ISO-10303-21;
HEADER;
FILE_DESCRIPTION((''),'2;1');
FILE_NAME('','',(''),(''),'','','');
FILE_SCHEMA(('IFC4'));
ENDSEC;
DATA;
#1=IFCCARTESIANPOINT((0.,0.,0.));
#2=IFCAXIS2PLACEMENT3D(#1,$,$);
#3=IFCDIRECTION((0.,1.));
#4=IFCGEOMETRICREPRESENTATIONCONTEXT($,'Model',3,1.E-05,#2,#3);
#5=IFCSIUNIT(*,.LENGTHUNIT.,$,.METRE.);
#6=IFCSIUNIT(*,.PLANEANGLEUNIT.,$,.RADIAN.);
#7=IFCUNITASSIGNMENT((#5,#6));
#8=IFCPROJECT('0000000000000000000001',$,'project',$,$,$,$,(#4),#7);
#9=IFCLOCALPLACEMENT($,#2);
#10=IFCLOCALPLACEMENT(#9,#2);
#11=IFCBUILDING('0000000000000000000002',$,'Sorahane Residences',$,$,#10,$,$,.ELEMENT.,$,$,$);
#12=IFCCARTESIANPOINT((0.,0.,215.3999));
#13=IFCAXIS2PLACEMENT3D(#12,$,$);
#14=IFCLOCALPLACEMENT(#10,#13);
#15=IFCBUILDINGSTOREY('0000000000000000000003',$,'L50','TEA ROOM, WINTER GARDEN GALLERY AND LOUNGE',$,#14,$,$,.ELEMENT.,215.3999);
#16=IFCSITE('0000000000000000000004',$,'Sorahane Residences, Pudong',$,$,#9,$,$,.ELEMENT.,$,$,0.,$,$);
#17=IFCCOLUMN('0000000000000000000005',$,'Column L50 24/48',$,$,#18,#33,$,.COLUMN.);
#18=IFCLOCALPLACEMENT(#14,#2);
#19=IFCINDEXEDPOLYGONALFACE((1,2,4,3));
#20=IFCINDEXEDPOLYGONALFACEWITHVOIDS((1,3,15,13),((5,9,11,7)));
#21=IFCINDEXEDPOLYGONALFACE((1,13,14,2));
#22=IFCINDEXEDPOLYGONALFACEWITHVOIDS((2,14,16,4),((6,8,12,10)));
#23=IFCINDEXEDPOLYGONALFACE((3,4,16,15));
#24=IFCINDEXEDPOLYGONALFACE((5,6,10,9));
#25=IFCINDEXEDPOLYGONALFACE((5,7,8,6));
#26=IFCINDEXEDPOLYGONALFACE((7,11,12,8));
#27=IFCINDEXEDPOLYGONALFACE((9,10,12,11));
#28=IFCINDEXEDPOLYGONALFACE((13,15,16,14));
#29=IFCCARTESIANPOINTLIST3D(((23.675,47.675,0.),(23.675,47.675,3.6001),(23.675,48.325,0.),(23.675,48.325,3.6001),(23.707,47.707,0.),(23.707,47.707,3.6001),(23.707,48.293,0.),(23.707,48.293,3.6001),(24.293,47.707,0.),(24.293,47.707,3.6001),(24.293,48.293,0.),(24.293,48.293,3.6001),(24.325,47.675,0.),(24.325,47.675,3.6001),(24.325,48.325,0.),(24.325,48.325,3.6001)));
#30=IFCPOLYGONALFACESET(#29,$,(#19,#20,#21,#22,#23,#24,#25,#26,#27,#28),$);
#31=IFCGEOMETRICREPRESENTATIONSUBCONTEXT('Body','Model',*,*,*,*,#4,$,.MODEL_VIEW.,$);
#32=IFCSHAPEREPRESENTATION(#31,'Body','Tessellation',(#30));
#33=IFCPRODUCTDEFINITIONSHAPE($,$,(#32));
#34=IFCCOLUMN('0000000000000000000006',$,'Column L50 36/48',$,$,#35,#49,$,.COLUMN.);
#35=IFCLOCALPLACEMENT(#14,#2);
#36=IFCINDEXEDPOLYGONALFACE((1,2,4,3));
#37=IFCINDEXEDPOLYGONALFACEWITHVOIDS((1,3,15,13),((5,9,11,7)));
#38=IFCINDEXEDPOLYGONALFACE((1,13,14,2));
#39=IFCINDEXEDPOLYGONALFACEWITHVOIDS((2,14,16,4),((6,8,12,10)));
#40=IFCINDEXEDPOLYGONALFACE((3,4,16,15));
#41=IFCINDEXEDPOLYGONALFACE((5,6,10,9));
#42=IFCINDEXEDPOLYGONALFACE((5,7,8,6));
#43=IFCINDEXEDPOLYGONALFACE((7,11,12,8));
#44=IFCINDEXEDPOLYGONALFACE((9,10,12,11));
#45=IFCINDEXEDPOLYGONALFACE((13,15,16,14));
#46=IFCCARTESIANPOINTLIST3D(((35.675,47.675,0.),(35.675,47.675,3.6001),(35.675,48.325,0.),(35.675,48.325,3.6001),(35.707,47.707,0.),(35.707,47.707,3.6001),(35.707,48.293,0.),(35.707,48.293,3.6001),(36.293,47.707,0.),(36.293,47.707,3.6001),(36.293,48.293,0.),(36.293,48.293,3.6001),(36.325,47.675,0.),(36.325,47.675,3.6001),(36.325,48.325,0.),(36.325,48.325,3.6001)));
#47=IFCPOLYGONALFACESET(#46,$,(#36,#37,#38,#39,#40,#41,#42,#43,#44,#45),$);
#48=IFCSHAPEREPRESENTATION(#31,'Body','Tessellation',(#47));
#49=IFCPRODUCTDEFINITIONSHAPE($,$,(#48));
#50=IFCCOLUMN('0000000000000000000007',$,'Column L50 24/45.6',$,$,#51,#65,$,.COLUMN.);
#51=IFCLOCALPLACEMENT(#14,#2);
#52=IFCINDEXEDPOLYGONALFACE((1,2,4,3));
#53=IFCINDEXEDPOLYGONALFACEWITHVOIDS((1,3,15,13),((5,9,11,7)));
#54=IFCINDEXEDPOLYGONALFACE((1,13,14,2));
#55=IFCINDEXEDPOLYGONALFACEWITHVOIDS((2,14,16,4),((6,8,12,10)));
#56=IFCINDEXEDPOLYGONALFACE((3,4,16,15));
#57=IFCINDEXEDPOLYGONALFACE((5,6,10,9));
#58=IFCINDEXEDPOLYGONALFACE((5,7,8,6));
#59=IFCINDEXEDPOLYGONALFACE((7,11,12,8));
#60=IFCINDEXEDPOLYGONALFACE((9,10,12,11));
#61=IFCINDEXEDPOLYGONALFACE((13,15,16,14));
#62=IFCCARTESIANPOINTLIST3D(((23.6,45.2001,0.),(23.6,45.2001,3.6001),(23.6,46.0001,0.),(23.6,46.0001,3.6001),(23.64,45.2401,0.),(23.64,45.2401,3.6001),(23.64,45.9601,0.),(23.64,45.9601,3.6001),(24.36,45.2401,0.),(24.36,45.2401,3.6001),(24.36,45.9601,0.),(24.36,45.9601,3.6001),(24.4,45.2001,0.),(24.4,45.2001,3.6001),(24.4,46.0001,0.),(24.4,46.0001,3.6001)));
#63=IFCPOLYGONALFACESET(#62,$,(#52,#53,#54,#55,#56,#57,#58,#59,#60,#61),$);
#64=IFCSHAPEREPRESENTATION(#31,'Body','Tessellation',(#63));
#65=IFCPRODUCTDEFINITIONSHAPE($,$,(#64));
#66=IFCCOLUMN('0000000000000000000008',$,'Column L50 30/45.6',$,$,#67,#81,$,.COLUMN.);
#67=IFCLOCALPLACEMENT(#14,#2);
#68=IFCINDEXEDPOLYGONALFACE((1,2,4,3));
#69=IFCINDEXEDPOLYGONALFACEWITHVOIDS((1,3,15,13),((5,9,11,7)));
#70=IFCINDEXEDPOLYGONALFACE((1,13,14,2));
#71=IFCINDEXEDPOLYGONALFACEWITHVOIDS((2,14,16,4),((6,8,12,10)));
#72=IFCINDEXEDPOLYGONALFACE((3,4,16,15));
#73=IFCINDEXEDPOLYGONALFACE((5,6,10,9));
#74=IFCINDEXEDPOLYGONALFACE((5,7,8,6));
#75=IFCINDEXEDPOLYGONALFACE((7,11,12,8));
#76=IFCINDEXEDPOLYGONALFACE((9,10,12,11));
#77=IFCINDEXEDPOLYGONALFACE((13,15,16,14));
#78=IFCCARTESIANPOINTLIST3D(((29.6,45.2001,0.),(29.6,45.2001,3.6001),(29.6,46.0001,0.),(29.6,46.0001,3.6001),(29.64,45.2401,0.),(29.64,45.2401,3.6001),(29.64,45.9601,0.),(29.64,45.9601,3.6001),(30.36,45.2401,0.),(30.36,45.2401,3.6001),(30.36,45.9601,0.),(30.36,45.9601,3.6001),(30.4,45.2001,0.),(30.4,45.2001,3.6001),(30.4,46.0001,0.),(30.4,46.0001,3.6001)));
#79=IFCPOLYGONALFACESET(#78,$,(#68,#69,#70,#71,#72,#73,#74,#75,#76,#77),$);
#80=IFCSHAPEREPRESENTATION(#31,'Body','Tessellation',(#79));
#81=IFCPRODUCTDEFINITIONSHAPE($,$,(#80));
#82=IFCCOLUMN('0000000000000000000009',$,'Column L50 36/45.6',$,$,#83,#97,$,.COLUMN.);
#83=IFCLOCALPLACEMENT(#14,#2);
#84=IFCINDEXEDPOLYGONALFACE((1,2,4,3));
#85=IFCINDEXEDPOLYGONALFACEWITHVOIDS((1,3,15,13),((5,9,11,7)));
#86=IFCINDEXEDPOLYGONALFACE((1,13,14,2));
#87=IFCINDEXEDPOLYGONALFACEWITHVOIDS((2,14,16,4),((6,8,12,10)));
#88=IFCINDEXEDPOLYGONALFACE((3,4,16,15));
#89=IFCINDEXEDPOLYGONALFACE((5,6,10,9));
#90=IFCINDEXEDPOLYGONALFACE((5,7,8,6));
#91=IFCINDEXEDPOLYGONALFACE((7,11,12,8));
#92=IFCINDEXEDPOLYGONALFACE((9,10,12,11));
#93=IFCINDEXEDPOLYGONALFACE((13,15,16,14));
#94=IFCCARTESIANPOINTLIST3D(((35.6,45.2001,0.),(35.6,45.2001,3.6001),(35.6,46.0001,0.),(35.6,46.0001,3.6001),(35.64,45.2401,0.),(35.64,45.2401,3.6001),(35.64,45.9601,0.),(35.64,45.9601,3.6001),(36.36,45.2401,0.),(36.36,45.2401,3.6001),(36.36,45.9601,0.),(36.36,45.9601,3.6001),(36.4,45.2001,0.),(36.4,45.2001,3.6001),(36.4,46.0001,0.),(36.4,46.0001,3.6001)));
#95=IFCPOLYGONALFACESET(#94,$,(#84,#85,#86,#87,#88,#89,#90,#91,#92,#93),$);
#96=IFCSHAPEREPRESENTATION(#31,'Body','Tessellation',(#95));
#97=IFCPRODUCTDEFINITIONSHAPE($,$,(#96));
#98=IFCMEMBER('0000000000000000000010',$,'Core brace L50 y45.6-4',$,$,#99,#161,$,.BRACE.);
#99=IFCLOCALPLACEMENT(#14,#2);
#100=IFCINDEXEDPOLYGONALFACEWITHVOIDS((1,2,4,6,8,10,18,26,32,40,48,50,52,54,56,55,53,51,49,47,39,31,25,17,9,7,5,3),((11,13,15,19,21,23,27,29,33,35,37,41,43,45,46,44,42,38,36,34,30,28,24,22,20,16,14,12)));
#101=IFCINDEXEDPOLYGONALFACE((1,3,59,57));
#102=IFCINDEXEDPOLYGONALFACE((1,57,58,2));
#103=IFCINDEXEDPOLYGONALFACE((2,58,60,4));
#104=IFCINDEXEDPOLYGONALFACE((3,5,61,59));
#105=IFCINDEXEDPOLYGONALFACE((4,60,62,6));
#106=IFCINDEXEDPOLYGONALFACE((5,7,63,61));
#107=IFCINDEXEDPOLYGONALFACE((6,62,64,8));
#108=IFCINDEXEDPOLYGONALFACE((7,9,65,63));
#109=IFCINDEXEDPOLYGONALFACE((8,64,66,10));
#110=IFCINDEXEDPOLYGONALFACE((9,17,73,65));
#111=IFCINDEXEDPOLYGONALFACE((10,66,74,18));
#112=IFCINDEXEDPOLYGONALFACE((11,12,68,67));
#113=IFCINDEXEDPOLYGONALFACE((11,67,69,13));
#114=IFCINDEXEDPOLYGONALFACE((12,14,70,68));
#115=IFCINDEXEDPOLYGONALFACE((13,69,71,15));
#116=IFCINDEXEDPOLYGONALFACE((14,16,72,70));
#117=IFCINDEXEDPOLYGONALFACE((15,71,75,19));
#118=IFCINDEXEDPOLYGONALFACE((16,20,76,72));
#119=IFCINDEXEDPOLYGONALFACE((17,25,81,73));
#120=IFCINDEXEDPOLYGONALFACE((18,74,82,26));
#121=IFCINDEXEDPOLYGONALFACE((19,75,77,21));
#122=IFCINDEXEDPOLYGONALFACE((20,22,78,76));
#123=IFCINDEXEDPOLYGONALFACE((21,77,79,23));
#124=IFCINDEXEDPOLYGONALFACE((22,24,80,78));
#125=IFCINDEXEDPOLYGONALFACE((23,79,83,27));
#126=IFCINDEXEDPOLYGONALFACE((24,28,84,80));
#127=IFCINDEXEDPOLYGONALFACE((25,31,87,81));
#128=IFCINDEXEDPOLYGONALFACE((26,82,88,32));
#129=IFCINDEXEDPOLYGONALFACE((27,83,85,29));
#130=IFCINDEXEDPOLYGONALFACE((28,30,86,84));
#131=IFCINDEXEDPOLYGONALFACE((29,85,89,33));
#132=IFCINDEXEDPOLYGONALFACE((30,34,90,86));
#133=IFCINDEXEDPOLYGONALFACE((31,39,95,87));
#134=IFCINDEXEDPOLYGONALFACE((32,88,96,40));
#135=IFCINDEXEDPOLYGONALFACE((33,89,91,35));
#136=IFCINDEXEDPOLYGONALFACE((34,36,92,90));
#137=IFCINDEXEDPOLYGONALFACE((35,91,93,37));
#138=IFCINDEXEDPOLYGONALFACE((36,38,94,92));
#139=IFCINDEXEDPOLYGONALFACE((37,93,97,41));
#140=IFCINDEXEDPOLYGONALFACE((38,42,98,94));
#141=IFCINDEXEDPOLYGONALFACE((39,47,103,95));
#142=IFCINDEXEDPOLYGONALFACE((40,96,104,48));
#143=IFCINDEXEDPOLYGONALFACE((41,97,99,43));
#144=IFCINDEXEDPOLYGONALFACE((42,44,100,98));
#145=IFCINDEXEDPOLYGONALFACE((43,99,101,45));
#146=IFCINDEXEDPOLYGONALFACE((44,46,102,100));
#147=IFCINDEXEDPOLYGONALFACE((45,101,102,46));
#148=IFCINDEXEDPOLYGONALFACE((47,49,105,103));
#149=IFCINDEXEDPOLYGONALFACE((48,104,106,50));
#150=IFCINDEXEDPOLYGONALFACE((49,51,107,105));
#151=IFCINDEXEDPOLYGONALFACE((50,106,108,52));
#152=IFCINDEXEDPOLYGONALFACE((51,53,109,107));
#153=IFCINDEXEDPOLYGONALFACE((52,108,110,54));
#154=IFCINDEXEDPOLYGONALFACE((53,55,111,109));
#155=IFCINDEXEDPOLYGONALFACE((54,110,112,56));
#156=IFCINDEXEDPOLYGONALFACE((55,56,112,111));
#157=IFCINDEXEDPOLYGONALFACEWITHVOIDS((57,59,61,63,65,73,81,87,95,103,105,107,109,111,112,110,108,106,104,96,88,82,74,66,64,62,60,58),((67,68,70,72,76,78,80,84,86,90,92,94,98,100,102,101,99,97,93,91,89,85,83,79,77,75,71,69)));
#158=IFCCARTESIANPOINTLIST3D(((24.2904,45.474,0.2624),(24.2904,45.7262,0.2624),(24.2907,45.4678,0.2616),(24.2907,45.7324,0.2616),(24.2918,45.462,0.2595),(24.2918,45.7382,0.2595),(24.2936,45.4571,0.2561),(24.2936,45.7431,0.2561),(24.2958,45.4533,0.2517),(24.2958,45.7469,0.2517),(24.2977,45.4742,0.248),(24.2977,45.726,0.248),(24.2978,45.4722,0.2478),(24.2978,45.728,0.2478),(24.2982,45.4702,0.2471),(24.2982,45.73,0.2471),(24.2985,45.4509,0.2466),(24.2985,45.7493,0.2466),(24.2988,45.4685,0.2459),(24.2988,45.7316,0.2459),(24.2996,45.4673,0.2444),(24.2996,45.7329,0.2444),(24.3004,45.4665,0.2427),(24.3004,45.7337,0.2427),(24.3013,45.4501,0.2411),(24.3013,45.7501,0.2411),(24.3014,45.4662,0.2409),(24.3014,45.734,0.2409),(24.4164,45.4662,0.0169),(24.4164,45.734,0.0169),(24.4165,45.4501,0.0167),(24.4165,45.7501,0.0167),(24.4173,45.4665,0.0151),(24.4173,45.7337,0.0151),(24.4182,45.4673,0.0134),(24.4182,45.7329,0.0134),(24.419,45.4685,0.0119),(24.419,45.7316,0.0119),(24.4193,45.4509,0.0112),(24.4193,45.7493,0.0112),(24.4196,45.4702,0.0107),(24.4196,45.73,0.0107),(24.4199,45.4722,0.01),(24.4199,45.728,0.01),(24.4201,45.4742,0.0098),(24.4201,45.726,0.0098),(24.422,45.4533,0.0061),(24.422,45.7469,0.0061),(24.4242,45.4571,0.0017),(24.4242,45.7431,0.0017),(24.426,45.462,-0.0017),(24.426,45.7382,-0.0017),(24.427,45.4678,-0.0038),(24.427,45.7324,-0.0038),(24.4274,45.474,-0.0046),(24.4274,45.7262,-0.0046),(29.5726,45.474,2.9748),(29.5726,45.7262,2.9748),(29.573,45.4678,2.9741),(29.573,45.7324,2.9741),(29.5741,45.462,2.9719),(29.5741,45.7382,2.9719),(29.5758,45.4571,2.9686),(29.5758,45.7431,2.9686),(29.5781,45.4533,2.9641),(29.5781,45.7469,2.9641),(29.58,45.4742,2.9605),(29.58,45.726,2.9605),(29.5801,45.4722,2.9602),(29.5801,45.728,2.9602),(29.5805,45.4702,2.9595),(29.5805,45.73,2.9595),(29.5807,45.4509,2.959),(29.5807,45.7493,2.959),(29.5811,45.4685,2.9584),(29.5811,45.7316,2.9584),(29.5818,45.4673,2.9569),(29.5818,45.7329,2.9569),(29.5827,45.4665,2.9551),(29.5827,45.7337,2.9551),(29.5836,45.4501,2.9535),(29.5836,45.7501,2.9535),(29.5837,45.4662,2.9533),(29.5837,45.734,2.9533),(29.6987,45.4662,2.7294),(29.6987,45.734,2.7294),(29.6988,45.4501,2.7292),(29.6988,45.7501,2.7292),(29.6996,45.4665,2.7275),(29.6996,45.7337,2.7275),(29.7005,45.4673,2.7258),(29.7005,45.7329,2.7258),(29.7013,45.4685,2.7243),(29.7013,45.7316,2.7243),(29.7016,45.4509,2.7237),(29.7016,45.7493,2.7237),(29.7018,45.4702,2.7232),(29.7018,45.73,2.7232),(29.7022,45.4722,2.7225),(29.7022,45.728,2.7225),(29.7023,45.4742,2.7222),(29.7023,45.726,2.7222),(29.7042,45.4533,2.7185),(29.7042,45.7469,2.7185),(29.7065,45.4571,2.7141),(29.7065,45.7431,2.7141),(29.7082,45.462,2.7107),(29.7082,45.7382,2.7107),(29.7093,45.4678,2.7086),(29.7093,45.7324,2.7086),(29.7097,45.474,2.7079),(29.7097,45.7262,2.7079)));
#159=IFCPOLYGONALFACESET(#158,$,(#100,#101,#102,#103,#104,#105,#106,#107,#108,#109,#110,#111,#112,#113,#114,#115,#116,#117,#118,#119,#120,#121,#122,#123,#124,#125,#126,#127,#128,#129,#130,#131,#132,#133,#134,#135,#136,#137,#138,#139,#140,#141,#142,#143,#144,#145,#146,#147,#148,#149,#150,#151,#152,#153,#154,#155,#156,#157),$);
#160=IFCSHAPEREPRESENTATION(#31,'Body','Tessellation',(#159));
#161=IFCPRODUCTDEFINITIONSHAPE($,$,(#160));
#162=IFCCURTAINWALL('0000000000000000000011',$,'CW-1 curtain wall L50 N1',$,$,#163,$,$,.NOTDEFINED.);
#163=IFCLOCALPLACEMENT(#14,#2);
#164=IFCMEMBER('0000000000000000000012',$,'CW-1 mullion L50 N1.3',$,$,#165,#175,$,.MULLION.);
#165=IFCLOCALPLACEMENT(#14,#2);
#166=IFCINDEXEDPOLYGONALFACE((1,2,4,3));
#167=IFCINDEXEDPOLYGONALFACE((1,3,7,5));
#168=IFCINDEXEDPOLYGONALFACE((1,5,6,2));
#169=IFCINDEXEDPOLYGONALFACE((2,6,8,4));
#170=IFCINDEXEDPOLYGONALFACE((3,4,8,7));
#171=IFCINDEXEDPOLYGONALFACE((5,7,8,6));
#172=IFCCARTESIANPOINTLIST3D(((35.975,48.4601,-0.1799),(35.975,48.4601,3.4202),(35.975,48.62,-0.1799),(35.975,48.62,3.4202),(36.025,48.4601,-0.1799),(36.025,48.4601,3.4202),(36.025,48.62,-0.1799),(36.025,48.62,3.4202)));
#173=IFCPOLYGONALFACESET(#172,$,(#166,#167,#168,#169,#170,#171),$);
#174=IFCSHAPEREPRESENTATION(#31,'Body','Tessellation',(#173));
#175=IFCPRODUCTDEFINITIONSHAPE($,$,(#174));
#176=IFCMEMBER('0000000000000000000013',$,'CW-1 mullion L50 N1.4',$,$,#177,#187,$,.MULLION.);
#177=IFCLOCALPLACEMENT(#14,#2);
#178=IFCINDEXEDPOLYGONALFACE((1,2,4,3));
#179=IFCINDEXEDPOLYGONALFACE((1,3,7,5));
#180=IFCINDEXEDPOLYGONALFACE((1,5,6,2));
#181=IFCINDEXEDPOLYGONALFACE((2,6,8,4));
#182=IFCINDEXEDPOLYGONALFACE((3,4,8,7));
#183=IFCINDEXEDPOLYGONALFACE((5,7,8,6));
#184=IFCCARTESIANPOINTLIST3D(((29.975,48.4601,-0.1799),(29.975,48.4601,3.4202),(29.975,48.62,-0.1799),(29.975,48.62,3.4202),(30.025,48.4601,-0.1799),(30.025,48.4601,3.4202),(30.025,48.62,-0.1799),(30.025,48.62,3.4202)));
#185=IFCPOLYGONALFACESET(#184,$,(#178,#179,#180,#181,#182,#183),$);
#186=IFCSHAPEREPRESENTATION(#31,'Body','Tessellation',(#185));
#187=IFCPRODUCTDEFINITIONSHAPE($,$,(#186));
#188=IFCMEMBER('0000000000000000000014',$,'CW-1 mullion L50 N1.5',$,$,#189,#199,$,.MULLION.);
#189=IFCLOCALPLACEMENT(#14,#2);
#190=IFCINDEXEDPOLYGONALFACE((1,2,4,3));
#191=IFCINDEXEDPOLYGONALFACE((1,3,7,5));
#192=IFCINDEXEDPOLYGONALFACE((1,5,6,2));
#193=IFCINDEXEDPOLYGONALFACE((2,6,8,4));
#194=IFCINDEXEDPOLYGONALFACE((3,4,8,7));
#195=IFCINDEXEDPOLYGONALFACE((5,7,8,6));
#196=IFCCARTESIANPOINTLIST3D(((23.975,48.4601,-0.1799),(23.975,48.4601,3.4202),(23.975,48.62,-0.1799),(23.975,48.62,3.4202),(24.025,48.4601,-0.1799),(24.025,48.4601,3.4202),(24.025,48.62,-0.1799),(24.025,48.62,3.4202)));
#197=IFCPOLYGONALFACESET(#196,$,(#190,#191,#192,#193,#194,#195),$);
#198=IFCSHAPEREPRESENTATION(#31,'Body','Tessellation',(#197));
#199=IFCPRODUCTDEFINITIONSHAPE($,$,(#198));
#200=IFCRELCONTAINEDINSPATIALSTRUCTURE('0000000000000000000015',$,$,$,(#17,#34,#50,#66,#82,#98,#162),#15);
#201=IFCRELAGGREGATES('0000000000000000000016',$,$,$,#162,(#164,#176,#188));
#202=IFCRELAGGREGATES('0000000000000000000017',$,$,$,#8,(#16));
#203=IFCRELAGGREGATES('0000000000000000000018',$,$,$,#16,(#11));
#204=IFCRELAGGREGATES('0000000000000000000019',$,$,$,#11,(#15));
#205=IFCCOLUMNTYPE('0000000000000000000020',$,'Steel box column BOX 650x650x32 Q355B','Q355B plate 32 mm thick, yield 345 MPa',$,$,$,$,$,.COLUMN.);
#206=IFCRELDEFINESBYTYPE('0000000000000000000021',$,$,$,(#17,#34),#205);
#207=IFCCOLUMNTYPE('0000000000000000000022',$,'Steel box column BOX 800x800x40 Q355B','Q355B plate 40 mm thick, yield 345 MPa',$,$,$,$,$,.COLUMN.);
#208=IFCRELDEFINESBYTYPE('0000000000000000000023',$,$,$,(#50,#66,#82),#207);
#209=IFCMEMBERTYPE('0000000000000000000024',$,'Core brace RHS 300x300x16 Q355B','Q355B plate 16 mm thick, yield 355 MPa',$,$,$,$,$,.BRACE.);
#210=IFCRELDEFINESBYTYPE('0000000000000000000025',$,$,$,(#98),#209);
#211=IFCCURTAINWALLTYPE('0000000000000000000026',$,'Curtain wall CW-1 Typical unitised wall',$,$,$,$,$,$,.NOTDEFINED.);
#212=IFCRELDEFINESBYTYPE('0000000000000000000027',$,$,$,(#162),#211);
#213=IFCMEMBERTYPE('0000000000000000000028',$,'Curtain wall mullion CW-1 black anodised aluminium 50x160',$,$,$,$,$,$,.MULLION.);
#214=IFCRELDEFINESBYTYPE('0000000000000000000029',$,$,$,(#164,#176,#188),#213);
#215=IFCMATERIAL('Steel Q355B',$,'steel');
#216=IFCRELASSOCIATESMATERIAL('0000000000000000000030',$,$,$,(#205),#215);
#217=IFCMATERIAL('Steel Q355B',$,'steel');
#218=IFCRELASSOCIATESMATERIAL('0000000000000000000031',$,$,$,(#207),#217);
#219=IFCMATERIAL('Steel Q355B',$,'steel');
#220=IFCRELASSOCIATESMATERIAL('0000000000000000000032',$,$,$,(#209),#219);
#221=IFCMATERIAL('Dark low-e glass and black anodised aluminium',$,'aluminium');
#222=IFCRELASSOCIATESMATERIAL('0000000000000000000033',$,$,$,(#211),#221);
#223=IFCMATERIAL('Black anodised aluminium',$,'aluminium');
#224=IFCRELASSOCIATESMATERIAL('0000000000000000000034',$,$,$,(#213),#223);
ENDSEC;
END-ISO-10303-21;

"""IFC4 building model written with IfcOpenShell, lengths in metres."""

from ifc_helpers import new_model, si_unit, direction, frame, origin, origin_2d, place, context, subcontext, project, spatial, rectangle, hollow_rectangle, extrude, material, material_profile, profile_set, type_object, element, aggregate, save


model = new_model("IFC4")

# Units and contexts
model_context = context("Model", 3, precision=1e-05, world=origin(), true_north=direction((0.0, 1.0)))
body_context = subcontext(model_context, "Body", "Model", "MODEL_VIEW")
ifc_project = project(units=[si_unit("LENGTHUNIT", "METRE"), si_unit("PLANEANGLEUNIT", "RADIAN")], contexts=[model_context])

# Site, building, storey
site_placement = place(None, origin())
site = spatial("IfcSite", under=ifc_project, at=site_placement, Name="Sorahane Residences, Pudong", CompositionType="ELEMENT", RefElevation=0.0)
building_placement = place(site_placement, origin())
building = spatial("IfcBuilding", under=site, at=building_placement, Name="Sorahane Residences", CompositionType="ELEMENT")
storey_placement = place(building_placement, frame((0.0, 0.0, 215.3999)))
storey = spatial("IfcBuildingStorey", under=building, at=storey_placement, Name="L50", Description="TEA ROOM, WINTER GARDEN GALLERY AND LOUNGE", CompositionType="ELEMENT", Elevation=215.3999)

# Columns
ifc_material_1 = material(Name="Steel Q355B", Category="steel")
ifc_material_profile_1 = material_profile(ifc_material_1, hollow_rectangle(XDim=0.6499, YDim=0.6499, WallThickness=0.032, at=origin_2d()), Name="BOX 650x650x32")
ifc_profile_set_1 = profile_set([ifc_material_profile_1], Name="Steel Q355B")
column_type_1 = type_object("IfcColumnType", Name="Steel box column BOX 650x650x32 Q355B", Description="Q355B plate 32 mm thick, yield 345 MPa", PredefinedType="COLUMN", material=ifc_profile_set_1)
for number, where, z_axis, x_axis, name in (
    (1, (24.0, 48.0, 0.0), (0.0, 0.0, 1.0), (1.0, 0.0, 0.0), "Column L50 24/48"),
    (2, (36.0, 48.0, 0.0), (0.0, 0.0, 1.0), (1.0, 0.0, 0.0), "Column L50 36/48"),
):
    element("IfcColumn", number, at=place(storey_placement, frame(where, z_axis=z_axis, x_axis=x_axis)), inside=storey, type_object=column_type_1, Name=name, PredefinedType="COLUMN", context=body_context, shape_type="SweptSolid", body=[
        extrude(hollow_rectangle(XDim=0.6499, YDim=0.6499, WallThickness=0.032, at=origin_2d()), origin(), (0.0, 0.0, 1.0), 3.6001),
    ])
ifc_material_2 = material(Name="Steel Q355B", Category="steel")
ifc_material_profile_2 = material_profile(ifc_material_2, hollow_rectangle(XDim=0.8, YDim=0.8, WallThickness=0.04, at=origin_2d()), Name="BOX 800x800x40")
ifc_profile_set_2 = profile_set([ifc_material_profile_2], Name="Steel Q355B")
column_type_2 = type_object("IfcColumnType", Name="Steel box column BOX 800x800x40 Q355B", Description="Q355B plate 40 mm thick, yield 345 MPa", PredefinedType="COLUMN", material=ifc_profile_set_2)
for number, where, z_axis, x_axis, name in (
    (3, (24.0, 45.6001, 0.0), (0.0, 0.0, 1.0), (1.0, 0.0, 0.0), "Column L50 24/45.6"),
    (4, (30.0, 45.6001, 0.0), (0.0, 0.0, 1.0), (1.0, 0.0, 0.0), "Column L50 30/45.6"),
    (5, (36.0, 45.6001, 0.0), (0.0, 0.0, 1.0), (1.0, 0.0, 0.0), "Column L50 36/45.6"),
):
    element("IfcColumn", number, at=place(storey_placement, frame(where, z_axis=z_axis, x_axis=x_axis)), inside=storey, type_object=column_type_2, Name=name, PredefinedType="COLUMN", context=body_context, shape_type="SweptSolid", body=[
        extrude(hollow_rectangle(XDim=0.8, YDim=0.8, WallThickness=0.04, at=origin_2d()), origin(), (0.0, 0.0, 1.0), 3.6001),
    ])

# Member
ifc_material_3 = material(Name="Steel Q355B", Category="steel")
ifc_material_profile_3 = material_profile(ifc_material_3, hollow_rectangle(XDim=0.3, YDim=0.3, WallThickness=0.0161, InnerFilletRadius=0.0081, OuterFilletRadius=0.0239, at=origin_2d()), Name="RHS 300x300x16")
ifc_profile_set_3 = profile_set([ifc_material_profile_3], Name="Steel Q355B")
member_type_1 = type_object("IfcMemberType", Name="Core brace RHS 300x300x16 Q355B", Description="Q355B plate 16 mm thick, yield 355 MPa", PredefinedType="BRACE", material=ifc_profile_set_3)
member_1_placement = place(storey_placement, frame((24.3589, 45.6001, 0.1289), z_axis=(0.889573, 0.0, 0.456792), x_axis=(0.0, 1.0, 0.0)))
element("IfcMember", 6, at=member_1_placement, inside=storey, type_object=member_type_1, Name="Core brace L50 y45.6-4", PredefinedType="BRACE", context=body_context, shape_type="SweptSolid", body=[
    extrude(hollow_rectangle(XDim=0.3, YDim=0.3, WallThickness=0.0161, InnerFilletRadius=0.0081, OuterFilletRadius=0.0239, at=origin_2d()), origin(), (0.0, 0.0, 1.0), 5.938),
])

# Curtain wall, members
ifc_material_4 = material(Name="Dark low-e glass and black anodised aluminium", Category="aluminium")
curtain_wall_type = type_object("IfcCurtainWallType", Name="Curtain wall CW-1 Typical unitised wall", PredefinedType="NOTDEFINED", material=ifc_material_4)
curtain_wall_placement = place(storey_placement, origin())
curtain_wall = element("IfcCurtainWall", 7, at=curtain_wall_placement, inside=storey, type_object=curtain_wall_type, Name="CW-1 curtain wall L50 N1", PredefinedType="NOTDEFINED")
ifc_material_5 = material(Name="Black anodised aluminium", Category="aluminium")
ifc_material_profile_4 = material_profile(ifc_material_5, rectangle(XDim=0.1599, YDim=0.05, at=origin_2d()), Name="Curtain wall mullion CW-1 black anodised aluminium 50x160")
ifc_profile_set_4 = profile_set([ifc_material_profile_4], Name="Black anodised aluminium")
member_type_2 = type_object("IfcMemberType", Name="Curtain wall mullion CW-1 black anodised aluminium 50x160", PredefinedType="MULLION", material=ifc_profile_set_4)
member_2_placement = place(storey_placement, frame((36.0, 48.54, -0.1799), z_axis=(0.0, 0.0, 1.0), x_axis=(0.0, 1.0, 0.0)))
member_2 = element("IfcMember", 8, at=member_2_placement, type_object=member_type_2, Name="CW-1 mullion L50 N1.3", PredefinedType="MULLION", context=body_context, shape_type="SweptSolid", body=[
    extrude(rectangle(XDim=0.1599, YDim=0.05, at=origin_2d()), origin(), (0.0, 0.0, 1.0), 3.6001),
])
member_3_placement = place(storey_placement, frame((30.0, 48.54, -0.1799), z_axis=(0.0, 0.0, 1.0), x_axis=(0.0, 1.0, 0.0)))
member_3 = element("IfcMember", 9, at=member_3_placement, type_object=member_type_2, Name="CW-1 mullion L50 N1.4", PredefinedType="MULLION", context=body_context, shape_type="SweptSolid", body=[
    extrude(rectangle(XDim=0.1599, YDim=0.05, at=origin_2d()), origin(), (0.0, 0.0, 1.0), 3.6001),
])
member_4_placement = place(storey_placement, frame((24.0, 48.54, -0.1799), z_axis=(0.0, 0.0, 1.0), x_axis=(0.0, 1.0, 0.0)))
member_4 = element("IfcMember", 10, at=member_4_placement, type_object=member_type_2, Name="CW-1 mullion L50 N1.5", PredefinedType="MULLION", context=body_context, shape_type="SweptSolid", body=[
    extrude(rectangle(XDim=0.1599, YDim=0.05, at=origin_2d()), origin(), (0.0, 0.0, 1.0), 3.6001),
])

aggregate(curtain_wall, [member_2, member_3, member_4])

save(model, "model.ifc")
